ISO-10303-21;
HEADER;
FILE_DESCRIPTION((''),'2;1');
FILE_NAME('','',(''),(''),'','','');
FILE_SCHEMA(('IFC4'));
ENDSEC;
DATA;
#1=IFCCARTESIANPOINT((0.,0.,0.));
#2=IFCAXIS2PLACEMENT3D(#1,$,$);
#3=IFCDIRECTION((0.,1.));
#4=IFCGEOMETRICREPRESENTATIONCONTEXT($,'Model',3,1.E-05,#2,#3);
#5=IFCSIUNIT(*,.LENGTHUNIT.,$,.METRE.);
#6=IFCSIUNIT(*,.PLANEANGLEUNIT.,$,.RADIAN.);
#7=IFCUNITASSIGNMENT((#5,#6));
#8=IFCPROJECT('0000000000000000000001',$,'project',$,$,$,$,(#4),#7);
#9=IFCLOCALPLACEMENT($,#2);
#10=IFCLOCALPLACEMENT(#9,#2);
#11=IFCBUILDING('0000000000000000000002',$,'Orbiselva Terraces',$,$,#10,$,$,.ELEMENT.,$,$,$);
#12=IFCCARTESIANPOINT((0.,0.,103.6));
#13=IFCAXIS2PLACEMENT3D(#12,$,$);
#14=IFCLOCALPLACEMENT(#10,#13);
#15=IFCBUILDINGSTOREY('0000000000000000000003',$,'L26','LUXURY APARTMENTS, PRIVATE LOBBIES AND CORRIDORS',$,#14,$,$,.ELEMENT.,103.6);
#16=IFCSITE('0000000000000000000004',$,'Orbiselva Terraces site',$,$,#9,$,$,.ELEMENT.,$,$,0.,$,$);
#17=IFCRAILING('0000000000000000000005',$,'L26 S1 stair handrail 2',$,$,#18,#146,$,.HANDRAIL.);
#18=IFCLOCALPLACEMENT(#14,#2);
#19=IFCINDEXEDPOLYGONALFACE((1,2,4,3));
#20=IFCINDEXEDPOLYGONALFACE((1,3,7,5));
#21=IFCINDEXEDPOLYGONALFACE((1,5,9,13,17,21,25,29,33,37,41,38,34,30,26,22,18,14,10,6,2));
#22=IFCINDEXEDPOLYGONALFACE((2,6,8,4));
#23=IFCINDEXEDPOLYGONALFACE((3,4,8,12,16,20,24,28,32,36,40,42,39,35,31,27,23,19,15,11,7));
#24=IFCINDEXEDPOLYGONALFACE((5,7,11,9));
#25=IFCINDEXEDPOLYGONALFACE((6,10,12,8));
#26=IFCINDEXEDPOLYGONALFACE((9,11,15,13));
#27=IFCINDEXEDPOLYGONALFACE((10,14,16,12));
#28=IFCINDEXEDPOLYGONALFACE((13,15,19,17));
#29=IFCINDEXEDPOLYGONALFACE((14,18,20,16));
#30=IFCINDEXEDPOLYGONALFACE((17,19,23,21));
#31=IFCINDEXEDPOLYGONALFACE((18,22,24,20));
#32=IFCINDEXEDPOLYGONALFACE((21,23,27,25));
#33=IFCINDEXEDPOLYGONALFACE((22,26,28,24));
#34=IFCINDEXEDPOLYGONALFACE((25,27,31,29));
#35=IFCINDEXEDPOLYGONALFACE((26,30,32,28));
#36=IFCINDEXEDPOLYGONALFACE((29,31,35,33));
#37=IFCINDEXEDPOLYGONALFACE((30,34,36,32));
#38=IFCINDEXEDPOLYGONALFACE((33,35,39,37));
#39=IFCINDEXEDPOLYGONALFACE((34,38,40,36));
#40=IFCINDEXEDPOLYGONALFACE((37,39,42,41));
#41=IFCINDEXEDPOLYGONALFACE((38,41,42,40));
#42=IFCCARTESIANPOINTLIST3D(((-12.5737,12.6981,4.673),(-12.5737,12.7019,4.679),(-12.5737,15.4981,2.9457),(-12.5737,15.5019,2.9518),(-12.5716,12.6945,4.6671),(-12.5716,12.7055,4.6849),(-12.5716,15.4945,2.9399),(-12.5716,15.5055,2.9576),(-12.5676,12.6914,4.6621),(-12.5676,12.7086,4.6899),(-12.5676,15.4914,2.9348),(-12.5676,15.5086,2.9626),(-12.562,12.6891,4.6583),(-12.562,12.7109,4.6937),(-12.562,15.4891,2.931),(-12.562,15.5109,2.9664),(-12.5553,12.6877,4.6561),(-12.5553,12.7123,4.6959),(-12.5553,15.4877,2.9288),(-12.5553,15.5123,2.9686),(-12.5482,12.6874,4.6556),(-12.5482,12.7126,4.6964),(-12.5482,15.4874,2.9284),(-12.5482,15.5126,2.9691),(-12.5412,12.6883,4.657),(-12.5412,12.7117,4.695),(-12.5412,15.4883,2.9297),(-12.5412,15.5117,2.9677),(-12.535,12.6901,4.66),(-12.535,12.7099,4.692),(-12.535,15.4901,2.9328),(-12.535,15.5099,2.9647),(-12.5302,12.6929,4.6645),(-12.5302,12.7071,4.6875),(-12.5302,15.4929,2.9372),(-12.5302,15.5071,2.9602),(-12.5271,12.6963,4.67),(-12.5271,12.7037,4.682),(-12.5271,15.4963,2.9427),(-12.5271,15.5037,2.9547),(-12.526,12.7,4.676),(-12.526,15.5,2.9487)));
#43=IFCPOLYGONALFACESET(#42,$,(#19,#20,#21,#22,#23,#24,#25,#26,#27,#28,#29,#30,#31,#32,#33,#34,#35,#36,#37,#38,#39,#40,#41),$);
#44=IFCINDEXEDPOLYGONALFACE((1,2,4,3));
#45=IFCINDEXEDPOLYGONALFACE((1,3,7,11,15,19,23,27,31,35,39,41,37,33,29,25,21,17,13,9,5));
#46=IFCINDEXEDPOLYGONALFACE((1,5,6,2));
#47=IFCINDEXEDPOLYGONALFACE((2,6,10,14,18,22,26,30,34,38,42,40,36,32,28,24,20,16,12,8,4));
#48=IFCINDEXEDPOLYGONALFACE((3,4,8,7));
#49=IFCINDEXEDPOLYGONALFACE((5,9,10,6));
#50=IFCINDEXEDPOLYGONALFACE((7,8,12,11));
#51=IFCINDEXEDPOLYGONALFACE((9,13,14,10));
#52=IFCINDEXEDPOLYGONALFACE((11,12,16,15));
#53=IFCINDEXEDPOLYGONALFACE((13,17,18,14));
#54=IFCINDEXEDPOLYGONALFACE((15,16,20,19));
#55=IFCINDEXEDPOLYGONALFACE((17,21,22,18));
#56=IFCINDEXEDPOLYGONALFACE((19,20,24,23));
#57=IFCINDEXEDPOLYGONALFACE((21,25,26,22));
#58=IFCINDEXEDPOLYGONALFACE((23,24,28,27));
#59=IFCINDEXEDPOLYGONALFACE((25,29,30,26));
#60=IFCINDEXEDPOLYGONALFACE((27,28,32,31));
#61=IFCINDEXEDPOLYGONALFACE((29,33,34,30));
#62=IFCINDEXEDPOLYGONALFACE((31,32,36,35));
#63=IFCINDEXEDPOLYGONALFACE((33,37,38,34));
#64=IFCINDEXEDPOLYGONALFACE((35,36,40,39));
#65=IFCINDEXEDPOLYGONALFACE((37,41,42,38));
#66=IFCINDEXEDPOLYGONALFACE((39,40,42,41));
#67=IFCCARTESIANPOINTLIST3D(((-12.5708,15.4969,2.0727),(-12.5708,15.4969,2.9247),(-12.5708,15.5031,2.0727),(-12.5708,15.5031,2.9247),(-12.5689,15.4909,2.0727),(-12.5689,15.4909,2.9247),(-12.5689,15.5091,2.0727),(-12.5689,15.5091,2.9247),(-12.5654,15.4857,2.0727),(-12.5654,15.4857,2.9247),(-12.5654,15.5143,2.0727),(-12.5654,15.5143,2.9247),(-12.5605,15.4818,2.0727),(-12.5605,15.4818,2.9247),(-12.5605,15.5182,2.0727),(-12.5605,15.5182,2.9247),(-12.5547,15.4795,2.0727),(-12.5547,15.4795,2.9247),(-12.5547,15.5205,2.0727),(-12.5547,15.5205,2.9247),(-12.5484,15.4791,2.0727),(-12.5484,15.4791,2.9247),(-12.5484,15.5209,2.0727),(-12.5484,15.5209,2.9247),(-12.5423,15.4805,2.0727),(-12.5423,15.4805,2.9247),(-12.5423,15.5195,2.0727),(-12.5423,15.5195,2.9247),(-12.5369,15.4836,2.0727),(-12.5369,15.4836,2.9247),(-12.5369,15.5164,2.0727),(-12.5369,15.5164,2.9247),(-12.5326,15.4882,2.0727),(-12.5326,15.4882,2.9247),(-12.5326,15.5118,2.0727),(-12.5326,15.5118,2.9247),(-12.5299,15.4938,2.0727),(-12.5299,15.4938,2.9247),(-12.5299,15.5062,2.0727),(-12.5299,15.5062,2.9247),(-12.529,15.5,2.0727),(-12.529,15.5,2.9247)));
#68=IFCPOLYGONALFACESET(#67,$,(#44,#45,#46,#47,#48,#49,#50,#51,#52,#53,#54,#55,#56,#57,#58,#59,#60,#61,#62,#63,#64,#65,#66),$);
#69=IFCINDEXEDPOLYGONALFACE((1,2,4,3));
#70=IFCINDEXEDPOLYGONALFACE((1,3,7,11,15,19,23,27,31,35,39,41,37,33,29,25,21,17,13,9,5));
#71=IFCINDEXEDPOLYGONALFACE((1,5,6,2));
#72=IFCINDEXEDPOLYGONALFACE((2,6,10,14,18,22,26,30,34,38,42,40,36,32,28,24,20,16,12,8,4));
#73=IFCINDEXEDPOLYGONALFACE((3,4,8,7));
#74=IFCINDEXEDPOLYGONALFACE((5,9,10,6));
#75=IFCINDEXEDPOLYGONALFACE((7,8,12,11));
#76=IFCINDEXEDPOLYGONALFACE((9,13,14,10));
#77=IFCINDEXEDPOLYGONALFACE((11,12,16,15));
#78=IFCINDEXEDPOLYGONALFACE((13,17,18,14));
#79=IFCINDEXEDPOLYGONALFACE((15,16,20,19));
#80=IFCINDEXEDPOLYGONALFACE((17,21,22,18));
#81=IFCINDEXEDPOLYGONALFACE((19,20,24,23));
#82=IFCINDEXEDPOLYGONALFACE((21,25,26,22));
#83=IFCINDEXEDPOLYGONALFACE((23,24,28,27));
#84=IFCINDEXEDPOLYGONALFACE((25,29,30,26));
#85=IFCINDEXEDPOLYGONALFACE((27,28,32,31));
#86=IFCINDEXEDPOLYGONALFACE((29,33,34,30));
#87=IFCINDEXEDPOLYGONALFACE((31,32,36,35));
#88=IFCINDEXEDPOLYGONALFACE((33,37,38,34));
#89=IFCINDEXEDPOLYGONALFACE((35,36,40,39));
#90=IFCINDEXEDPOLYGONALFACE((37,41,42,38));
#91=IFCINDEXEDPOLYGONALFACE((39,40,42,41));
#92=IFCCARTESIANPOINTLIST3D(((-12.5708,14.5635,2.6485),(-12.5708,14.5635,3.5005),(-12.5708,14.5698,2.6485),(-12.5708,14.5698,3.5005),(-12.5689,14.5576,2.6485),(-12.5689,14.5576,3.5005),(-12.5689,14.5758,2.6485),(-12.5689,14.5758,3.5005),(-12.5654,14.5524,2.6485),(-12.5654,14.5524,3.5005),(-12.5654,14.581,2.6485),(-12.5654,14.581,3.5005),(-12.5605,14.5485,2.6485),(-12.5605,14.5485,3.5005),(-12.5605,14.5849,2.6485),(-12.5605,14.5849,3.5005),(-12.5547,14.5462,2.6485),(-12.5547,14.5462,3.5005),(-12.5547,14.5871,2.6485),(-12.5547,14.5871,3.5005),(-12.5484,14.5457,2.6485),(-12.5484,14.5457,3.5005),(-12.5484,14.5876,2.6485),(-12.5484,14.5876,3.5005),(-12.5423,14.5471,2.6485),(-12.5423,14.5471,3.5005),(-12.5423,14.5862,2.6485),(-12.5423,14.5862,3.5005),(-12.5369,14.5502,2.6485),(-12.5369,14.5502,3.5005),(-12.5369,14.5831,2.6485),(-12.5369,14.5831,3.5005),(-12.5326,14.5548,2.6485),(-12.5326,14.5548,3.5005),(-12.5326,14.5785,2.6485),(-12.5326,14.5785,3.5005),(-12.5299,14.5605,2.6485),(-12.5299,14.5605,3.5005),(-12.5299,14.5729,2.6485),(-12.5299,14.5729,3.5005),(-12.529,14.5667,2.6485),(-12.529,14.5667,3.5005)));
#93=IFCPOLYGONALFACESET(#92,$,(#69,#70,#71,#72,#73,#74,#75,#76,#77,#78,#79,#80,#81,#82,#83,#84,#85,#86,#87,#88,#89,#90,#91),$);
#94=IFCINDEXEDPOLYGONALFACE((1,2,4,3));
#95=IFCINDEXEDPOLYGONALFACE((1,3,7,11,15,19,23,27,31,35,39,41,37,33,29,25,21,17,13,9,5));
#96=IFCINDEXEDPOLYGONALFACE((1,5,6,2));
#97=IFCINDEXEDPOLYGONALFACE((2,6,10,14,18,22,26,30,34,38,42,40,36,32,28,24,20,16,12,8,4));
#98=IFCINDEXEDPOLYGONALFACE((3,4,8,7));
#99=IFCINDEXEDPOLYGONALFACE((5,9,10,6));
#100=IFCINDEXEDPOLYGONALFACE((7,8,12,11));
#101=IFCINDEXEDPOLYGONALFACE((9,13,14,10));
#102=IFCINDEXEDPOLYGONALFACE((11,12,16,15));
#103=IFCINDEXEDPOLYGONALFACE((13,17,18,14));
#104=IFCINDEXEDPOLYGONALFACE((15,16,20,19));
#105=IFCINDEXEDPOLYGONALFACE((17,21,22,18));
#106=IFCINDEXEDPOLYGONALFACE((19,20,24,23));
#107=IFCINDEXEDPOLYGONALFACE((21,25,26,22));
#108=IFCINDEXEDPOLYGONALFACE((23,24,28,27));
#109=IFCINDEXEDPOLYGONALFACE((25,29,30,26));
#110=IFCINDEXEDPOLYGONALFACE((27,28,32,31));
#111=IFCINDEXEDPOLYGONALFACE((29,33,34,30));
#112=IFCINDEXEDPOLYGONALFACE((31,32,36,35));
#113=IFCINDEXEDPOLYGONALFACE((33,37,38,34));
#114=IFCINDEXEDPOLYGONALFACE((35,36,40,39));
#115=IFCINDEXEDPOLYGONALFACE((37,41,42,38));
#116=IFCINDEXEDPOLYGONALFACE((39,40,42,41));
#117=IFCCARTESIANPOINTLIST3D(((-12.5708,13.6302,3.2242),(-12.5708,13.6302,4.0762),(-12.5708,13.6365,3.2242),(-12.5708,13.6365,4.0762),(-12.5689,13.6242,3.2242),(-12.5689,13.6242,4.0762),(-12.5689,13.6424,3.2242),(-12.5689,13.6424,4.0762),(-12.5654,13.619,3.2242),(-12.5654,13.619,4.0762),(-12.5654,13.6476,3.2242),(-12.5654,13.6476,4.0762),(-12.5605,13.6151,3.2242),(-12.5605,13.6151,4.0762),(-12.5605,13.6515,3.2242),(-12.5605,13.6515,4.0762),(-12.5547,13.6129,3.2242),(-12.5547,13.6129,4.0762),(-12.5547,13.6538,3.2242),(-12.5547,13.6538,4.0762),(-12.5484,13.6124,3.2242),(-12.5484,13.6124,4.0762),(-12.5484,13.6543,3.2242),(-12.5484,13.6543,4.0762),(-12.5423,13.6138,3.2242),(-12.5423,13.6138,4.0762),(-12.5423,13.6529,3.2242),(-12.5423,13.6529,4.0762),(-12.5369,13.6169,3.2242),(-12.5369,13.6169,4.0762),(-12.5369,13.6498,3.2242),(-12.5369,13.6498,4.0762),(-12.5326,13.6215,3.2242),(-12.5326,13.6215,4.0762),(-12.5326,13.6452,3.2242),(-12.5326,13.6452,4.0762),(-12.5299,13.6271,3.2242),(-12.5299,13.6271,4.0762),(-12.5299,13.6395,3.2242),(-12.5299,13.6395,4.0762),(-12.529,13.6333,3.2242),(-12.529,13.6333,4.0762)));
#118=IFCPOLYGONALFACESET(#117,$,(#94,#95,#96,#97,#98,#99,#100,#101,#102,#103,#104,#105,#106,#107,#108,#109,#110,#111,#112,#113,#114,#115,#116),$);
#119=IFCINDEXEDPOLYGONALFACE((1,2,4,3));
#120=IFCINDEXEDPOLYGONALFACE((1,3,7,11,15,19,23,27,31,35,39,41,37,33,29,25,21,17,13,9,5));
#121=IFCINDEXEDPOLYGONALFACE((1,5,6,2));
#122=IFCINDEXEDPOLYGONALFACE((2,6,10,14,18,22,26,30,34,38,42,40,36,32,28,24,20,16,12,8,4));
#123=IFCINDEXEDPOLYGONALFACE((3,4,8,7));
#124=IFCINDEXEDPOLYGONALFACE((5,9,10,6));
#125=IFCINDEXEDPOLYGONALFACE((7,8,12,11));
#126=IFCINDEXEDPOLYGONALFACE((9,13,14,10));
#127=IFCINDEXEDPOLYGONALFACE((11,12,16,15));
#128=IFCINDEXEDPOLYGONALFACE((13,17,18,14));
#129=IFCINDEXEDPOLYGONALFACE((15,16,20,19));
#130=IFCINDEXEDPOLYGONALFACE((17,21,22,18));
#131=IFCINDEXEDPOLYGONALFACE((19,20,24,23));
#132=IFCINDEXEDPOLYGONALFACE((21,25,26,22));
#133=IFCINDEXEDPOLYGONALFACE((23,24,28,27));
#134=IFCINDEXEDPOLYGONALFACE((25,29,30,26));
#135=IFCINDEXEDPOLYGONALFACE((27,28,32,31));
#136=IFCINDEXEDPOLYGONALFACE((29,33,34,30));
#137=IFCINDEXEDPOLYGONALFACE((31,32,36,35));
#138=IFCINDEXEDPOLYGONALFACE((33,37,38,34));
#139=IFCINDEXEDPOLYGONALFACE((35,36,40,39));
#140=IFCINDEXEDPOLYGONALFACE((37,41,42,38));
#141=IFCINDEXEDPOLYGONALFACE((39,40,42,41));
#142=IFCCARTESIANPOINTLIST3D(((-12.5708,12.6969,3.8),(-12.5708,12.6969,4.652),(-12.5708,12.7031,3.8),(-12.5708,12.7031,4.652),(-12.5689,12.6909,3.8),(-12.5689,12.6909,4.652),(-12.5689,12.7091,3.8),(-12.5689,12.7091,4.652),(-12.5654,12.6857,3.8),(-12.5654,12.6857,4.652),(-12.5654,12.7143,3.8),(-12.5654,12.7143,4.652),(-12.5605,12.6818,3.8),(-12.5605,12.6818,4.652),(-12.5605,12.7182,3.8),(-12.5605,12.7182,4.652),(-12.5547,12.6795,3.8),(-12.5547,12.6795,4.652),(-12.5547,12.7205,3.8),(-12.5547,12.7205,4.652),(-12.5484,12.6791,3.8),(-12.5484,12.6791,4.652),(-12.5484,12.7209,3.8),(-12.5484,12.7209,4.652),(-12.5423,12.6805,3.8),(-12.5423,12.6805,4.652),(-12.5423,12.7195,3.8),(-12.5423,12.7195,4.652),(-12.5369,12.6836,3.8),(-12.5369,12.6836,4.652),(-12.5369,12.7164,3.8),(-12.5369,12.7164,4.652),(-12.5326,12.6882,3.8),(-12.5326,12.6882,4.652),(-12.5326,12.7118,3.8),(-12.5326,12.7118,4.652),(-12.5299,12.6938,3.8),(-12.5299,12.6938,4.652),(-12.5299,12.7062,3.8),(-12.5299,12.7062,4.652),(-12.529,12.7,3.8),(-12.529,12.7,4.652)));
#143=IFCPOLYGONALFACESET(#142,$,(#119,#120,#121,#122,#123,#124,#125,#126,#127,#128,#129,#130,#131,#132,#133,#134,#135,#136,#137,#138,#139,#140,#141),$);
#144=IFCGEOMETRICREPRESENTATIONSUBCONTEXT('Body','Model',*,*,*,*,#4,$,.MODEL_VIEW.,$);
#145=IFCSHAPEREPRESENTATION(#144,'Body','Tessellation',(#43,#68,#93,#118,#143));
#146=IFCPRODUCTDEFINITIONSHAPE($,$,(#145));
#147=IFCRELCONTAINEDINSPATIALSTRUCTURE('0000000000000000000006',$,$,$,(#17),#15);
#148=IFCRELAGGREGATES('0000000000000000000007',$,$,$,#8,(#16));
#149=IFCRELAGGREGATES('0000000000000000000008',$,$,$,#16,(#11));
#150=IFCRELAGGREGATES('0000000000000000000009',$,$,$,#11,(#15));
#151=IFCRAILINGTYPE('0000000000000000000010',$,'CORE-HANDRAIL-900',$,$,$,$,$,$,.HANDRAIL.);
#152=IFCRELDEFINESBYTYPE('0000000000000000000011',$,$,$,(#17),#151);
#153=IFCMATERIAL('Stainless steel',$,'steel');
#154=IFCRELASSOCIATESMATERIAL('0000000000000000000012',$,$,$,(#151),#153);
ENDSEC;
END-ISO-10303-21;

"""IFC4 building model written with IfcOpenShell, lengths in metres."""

from ifc_helpers import new_model, si_unit, direction, frame, origin, origin_2d, place, context, subcontext, project, spatial, circle, extrude, material, type_object, element, save


model = new_model("IFC4")

# Units and contexts
model_context = context("Model", 3, precision=1e-05, world=origin(), true_north=direction((0.0, 1.0)))
body_context = subcontext(model_context, "Body", "Model", "MODEL_VIEW")
ifc_project = project(units=[si_unit("LENGTHUNIT", "METRE"), si_unit("PLANEANGLEUNIT", "RADIAN")], contexts=[model_context])

# Site, building, storey
site_placement = place(None, origin())
site = spatial("IfcSite", under=ifc_project, at=site_placement, Name="Orbiselva Terraces site", CompositionType="ELEMENT", RefElevation=0.0)
building_placement = place(site_placement, origin())
building = spatial("IfcBuilding", under=site, at=building_placement, Name="Orbiselva Terraces", CompositionType="ELEMENT")
storey_placement = place(building_placement, frame((0.0, 0.0, 103.6)))
storey = spatial("IfcBuildingStorey", under=building, at=storey_placement, Name="L26", Description="LUXURY APARTMENTS, PRIVATE LOBBIES AND CORRIDORS", CompositionType="ELEMENT", Elevation=103.6)

# Railing
ifc_material_1 = material(Name="Stainless steel", Category="steel")
railing_type = type_object("IfcRailingType", Name="CORE-HANDRAIL-900", PredefinedType="HANDRAIL", material=ifc_material_1)
railing_placement = place(storey_placement, frame((-12.55, 15.5, 2.0727)))
element("IfcRailing", 1, at=railing_placement, inside=storey, type_object=railing_type, Name="L26 S1 stair handrail 2", PredefinedType="HANDRAIL", context=body_context, shape_type="SweptSolid", body=[
    extrude(circle(Radius=0.024, at=origin_2d()), frame((0.0, 0.0, 0.876), z_axis=(0.0, -0.851089, 0.525022), x_axis=(1.0, 0.0, 0.0)), (0.0, 0.0, 1.0), 3.2899),
    extrude(circle(Radius=0.021, at=origin_2d()), origin(), (0.0, 0.0, 1.0), 0.852),
    extrude(circle(Radius=0.021, at=origin_2d()), frame((0.0, -0.9333, 0.5758)), (0.0, 0.0, 1.0), 0.852),
    extrude(circle(Radius=0.021, at=origin_2d()), frame((0.0, -1.8667, 1.1515)), (0.0, 0.0, 1.0), 0.852),
    extrude(circle(Radius=0.021, at=origin_2d()), frame((0.0, -2.8, 1.7273)), (0.0, 0.0, 1.0), 0.852),
])

save(model, "model.ifc")
